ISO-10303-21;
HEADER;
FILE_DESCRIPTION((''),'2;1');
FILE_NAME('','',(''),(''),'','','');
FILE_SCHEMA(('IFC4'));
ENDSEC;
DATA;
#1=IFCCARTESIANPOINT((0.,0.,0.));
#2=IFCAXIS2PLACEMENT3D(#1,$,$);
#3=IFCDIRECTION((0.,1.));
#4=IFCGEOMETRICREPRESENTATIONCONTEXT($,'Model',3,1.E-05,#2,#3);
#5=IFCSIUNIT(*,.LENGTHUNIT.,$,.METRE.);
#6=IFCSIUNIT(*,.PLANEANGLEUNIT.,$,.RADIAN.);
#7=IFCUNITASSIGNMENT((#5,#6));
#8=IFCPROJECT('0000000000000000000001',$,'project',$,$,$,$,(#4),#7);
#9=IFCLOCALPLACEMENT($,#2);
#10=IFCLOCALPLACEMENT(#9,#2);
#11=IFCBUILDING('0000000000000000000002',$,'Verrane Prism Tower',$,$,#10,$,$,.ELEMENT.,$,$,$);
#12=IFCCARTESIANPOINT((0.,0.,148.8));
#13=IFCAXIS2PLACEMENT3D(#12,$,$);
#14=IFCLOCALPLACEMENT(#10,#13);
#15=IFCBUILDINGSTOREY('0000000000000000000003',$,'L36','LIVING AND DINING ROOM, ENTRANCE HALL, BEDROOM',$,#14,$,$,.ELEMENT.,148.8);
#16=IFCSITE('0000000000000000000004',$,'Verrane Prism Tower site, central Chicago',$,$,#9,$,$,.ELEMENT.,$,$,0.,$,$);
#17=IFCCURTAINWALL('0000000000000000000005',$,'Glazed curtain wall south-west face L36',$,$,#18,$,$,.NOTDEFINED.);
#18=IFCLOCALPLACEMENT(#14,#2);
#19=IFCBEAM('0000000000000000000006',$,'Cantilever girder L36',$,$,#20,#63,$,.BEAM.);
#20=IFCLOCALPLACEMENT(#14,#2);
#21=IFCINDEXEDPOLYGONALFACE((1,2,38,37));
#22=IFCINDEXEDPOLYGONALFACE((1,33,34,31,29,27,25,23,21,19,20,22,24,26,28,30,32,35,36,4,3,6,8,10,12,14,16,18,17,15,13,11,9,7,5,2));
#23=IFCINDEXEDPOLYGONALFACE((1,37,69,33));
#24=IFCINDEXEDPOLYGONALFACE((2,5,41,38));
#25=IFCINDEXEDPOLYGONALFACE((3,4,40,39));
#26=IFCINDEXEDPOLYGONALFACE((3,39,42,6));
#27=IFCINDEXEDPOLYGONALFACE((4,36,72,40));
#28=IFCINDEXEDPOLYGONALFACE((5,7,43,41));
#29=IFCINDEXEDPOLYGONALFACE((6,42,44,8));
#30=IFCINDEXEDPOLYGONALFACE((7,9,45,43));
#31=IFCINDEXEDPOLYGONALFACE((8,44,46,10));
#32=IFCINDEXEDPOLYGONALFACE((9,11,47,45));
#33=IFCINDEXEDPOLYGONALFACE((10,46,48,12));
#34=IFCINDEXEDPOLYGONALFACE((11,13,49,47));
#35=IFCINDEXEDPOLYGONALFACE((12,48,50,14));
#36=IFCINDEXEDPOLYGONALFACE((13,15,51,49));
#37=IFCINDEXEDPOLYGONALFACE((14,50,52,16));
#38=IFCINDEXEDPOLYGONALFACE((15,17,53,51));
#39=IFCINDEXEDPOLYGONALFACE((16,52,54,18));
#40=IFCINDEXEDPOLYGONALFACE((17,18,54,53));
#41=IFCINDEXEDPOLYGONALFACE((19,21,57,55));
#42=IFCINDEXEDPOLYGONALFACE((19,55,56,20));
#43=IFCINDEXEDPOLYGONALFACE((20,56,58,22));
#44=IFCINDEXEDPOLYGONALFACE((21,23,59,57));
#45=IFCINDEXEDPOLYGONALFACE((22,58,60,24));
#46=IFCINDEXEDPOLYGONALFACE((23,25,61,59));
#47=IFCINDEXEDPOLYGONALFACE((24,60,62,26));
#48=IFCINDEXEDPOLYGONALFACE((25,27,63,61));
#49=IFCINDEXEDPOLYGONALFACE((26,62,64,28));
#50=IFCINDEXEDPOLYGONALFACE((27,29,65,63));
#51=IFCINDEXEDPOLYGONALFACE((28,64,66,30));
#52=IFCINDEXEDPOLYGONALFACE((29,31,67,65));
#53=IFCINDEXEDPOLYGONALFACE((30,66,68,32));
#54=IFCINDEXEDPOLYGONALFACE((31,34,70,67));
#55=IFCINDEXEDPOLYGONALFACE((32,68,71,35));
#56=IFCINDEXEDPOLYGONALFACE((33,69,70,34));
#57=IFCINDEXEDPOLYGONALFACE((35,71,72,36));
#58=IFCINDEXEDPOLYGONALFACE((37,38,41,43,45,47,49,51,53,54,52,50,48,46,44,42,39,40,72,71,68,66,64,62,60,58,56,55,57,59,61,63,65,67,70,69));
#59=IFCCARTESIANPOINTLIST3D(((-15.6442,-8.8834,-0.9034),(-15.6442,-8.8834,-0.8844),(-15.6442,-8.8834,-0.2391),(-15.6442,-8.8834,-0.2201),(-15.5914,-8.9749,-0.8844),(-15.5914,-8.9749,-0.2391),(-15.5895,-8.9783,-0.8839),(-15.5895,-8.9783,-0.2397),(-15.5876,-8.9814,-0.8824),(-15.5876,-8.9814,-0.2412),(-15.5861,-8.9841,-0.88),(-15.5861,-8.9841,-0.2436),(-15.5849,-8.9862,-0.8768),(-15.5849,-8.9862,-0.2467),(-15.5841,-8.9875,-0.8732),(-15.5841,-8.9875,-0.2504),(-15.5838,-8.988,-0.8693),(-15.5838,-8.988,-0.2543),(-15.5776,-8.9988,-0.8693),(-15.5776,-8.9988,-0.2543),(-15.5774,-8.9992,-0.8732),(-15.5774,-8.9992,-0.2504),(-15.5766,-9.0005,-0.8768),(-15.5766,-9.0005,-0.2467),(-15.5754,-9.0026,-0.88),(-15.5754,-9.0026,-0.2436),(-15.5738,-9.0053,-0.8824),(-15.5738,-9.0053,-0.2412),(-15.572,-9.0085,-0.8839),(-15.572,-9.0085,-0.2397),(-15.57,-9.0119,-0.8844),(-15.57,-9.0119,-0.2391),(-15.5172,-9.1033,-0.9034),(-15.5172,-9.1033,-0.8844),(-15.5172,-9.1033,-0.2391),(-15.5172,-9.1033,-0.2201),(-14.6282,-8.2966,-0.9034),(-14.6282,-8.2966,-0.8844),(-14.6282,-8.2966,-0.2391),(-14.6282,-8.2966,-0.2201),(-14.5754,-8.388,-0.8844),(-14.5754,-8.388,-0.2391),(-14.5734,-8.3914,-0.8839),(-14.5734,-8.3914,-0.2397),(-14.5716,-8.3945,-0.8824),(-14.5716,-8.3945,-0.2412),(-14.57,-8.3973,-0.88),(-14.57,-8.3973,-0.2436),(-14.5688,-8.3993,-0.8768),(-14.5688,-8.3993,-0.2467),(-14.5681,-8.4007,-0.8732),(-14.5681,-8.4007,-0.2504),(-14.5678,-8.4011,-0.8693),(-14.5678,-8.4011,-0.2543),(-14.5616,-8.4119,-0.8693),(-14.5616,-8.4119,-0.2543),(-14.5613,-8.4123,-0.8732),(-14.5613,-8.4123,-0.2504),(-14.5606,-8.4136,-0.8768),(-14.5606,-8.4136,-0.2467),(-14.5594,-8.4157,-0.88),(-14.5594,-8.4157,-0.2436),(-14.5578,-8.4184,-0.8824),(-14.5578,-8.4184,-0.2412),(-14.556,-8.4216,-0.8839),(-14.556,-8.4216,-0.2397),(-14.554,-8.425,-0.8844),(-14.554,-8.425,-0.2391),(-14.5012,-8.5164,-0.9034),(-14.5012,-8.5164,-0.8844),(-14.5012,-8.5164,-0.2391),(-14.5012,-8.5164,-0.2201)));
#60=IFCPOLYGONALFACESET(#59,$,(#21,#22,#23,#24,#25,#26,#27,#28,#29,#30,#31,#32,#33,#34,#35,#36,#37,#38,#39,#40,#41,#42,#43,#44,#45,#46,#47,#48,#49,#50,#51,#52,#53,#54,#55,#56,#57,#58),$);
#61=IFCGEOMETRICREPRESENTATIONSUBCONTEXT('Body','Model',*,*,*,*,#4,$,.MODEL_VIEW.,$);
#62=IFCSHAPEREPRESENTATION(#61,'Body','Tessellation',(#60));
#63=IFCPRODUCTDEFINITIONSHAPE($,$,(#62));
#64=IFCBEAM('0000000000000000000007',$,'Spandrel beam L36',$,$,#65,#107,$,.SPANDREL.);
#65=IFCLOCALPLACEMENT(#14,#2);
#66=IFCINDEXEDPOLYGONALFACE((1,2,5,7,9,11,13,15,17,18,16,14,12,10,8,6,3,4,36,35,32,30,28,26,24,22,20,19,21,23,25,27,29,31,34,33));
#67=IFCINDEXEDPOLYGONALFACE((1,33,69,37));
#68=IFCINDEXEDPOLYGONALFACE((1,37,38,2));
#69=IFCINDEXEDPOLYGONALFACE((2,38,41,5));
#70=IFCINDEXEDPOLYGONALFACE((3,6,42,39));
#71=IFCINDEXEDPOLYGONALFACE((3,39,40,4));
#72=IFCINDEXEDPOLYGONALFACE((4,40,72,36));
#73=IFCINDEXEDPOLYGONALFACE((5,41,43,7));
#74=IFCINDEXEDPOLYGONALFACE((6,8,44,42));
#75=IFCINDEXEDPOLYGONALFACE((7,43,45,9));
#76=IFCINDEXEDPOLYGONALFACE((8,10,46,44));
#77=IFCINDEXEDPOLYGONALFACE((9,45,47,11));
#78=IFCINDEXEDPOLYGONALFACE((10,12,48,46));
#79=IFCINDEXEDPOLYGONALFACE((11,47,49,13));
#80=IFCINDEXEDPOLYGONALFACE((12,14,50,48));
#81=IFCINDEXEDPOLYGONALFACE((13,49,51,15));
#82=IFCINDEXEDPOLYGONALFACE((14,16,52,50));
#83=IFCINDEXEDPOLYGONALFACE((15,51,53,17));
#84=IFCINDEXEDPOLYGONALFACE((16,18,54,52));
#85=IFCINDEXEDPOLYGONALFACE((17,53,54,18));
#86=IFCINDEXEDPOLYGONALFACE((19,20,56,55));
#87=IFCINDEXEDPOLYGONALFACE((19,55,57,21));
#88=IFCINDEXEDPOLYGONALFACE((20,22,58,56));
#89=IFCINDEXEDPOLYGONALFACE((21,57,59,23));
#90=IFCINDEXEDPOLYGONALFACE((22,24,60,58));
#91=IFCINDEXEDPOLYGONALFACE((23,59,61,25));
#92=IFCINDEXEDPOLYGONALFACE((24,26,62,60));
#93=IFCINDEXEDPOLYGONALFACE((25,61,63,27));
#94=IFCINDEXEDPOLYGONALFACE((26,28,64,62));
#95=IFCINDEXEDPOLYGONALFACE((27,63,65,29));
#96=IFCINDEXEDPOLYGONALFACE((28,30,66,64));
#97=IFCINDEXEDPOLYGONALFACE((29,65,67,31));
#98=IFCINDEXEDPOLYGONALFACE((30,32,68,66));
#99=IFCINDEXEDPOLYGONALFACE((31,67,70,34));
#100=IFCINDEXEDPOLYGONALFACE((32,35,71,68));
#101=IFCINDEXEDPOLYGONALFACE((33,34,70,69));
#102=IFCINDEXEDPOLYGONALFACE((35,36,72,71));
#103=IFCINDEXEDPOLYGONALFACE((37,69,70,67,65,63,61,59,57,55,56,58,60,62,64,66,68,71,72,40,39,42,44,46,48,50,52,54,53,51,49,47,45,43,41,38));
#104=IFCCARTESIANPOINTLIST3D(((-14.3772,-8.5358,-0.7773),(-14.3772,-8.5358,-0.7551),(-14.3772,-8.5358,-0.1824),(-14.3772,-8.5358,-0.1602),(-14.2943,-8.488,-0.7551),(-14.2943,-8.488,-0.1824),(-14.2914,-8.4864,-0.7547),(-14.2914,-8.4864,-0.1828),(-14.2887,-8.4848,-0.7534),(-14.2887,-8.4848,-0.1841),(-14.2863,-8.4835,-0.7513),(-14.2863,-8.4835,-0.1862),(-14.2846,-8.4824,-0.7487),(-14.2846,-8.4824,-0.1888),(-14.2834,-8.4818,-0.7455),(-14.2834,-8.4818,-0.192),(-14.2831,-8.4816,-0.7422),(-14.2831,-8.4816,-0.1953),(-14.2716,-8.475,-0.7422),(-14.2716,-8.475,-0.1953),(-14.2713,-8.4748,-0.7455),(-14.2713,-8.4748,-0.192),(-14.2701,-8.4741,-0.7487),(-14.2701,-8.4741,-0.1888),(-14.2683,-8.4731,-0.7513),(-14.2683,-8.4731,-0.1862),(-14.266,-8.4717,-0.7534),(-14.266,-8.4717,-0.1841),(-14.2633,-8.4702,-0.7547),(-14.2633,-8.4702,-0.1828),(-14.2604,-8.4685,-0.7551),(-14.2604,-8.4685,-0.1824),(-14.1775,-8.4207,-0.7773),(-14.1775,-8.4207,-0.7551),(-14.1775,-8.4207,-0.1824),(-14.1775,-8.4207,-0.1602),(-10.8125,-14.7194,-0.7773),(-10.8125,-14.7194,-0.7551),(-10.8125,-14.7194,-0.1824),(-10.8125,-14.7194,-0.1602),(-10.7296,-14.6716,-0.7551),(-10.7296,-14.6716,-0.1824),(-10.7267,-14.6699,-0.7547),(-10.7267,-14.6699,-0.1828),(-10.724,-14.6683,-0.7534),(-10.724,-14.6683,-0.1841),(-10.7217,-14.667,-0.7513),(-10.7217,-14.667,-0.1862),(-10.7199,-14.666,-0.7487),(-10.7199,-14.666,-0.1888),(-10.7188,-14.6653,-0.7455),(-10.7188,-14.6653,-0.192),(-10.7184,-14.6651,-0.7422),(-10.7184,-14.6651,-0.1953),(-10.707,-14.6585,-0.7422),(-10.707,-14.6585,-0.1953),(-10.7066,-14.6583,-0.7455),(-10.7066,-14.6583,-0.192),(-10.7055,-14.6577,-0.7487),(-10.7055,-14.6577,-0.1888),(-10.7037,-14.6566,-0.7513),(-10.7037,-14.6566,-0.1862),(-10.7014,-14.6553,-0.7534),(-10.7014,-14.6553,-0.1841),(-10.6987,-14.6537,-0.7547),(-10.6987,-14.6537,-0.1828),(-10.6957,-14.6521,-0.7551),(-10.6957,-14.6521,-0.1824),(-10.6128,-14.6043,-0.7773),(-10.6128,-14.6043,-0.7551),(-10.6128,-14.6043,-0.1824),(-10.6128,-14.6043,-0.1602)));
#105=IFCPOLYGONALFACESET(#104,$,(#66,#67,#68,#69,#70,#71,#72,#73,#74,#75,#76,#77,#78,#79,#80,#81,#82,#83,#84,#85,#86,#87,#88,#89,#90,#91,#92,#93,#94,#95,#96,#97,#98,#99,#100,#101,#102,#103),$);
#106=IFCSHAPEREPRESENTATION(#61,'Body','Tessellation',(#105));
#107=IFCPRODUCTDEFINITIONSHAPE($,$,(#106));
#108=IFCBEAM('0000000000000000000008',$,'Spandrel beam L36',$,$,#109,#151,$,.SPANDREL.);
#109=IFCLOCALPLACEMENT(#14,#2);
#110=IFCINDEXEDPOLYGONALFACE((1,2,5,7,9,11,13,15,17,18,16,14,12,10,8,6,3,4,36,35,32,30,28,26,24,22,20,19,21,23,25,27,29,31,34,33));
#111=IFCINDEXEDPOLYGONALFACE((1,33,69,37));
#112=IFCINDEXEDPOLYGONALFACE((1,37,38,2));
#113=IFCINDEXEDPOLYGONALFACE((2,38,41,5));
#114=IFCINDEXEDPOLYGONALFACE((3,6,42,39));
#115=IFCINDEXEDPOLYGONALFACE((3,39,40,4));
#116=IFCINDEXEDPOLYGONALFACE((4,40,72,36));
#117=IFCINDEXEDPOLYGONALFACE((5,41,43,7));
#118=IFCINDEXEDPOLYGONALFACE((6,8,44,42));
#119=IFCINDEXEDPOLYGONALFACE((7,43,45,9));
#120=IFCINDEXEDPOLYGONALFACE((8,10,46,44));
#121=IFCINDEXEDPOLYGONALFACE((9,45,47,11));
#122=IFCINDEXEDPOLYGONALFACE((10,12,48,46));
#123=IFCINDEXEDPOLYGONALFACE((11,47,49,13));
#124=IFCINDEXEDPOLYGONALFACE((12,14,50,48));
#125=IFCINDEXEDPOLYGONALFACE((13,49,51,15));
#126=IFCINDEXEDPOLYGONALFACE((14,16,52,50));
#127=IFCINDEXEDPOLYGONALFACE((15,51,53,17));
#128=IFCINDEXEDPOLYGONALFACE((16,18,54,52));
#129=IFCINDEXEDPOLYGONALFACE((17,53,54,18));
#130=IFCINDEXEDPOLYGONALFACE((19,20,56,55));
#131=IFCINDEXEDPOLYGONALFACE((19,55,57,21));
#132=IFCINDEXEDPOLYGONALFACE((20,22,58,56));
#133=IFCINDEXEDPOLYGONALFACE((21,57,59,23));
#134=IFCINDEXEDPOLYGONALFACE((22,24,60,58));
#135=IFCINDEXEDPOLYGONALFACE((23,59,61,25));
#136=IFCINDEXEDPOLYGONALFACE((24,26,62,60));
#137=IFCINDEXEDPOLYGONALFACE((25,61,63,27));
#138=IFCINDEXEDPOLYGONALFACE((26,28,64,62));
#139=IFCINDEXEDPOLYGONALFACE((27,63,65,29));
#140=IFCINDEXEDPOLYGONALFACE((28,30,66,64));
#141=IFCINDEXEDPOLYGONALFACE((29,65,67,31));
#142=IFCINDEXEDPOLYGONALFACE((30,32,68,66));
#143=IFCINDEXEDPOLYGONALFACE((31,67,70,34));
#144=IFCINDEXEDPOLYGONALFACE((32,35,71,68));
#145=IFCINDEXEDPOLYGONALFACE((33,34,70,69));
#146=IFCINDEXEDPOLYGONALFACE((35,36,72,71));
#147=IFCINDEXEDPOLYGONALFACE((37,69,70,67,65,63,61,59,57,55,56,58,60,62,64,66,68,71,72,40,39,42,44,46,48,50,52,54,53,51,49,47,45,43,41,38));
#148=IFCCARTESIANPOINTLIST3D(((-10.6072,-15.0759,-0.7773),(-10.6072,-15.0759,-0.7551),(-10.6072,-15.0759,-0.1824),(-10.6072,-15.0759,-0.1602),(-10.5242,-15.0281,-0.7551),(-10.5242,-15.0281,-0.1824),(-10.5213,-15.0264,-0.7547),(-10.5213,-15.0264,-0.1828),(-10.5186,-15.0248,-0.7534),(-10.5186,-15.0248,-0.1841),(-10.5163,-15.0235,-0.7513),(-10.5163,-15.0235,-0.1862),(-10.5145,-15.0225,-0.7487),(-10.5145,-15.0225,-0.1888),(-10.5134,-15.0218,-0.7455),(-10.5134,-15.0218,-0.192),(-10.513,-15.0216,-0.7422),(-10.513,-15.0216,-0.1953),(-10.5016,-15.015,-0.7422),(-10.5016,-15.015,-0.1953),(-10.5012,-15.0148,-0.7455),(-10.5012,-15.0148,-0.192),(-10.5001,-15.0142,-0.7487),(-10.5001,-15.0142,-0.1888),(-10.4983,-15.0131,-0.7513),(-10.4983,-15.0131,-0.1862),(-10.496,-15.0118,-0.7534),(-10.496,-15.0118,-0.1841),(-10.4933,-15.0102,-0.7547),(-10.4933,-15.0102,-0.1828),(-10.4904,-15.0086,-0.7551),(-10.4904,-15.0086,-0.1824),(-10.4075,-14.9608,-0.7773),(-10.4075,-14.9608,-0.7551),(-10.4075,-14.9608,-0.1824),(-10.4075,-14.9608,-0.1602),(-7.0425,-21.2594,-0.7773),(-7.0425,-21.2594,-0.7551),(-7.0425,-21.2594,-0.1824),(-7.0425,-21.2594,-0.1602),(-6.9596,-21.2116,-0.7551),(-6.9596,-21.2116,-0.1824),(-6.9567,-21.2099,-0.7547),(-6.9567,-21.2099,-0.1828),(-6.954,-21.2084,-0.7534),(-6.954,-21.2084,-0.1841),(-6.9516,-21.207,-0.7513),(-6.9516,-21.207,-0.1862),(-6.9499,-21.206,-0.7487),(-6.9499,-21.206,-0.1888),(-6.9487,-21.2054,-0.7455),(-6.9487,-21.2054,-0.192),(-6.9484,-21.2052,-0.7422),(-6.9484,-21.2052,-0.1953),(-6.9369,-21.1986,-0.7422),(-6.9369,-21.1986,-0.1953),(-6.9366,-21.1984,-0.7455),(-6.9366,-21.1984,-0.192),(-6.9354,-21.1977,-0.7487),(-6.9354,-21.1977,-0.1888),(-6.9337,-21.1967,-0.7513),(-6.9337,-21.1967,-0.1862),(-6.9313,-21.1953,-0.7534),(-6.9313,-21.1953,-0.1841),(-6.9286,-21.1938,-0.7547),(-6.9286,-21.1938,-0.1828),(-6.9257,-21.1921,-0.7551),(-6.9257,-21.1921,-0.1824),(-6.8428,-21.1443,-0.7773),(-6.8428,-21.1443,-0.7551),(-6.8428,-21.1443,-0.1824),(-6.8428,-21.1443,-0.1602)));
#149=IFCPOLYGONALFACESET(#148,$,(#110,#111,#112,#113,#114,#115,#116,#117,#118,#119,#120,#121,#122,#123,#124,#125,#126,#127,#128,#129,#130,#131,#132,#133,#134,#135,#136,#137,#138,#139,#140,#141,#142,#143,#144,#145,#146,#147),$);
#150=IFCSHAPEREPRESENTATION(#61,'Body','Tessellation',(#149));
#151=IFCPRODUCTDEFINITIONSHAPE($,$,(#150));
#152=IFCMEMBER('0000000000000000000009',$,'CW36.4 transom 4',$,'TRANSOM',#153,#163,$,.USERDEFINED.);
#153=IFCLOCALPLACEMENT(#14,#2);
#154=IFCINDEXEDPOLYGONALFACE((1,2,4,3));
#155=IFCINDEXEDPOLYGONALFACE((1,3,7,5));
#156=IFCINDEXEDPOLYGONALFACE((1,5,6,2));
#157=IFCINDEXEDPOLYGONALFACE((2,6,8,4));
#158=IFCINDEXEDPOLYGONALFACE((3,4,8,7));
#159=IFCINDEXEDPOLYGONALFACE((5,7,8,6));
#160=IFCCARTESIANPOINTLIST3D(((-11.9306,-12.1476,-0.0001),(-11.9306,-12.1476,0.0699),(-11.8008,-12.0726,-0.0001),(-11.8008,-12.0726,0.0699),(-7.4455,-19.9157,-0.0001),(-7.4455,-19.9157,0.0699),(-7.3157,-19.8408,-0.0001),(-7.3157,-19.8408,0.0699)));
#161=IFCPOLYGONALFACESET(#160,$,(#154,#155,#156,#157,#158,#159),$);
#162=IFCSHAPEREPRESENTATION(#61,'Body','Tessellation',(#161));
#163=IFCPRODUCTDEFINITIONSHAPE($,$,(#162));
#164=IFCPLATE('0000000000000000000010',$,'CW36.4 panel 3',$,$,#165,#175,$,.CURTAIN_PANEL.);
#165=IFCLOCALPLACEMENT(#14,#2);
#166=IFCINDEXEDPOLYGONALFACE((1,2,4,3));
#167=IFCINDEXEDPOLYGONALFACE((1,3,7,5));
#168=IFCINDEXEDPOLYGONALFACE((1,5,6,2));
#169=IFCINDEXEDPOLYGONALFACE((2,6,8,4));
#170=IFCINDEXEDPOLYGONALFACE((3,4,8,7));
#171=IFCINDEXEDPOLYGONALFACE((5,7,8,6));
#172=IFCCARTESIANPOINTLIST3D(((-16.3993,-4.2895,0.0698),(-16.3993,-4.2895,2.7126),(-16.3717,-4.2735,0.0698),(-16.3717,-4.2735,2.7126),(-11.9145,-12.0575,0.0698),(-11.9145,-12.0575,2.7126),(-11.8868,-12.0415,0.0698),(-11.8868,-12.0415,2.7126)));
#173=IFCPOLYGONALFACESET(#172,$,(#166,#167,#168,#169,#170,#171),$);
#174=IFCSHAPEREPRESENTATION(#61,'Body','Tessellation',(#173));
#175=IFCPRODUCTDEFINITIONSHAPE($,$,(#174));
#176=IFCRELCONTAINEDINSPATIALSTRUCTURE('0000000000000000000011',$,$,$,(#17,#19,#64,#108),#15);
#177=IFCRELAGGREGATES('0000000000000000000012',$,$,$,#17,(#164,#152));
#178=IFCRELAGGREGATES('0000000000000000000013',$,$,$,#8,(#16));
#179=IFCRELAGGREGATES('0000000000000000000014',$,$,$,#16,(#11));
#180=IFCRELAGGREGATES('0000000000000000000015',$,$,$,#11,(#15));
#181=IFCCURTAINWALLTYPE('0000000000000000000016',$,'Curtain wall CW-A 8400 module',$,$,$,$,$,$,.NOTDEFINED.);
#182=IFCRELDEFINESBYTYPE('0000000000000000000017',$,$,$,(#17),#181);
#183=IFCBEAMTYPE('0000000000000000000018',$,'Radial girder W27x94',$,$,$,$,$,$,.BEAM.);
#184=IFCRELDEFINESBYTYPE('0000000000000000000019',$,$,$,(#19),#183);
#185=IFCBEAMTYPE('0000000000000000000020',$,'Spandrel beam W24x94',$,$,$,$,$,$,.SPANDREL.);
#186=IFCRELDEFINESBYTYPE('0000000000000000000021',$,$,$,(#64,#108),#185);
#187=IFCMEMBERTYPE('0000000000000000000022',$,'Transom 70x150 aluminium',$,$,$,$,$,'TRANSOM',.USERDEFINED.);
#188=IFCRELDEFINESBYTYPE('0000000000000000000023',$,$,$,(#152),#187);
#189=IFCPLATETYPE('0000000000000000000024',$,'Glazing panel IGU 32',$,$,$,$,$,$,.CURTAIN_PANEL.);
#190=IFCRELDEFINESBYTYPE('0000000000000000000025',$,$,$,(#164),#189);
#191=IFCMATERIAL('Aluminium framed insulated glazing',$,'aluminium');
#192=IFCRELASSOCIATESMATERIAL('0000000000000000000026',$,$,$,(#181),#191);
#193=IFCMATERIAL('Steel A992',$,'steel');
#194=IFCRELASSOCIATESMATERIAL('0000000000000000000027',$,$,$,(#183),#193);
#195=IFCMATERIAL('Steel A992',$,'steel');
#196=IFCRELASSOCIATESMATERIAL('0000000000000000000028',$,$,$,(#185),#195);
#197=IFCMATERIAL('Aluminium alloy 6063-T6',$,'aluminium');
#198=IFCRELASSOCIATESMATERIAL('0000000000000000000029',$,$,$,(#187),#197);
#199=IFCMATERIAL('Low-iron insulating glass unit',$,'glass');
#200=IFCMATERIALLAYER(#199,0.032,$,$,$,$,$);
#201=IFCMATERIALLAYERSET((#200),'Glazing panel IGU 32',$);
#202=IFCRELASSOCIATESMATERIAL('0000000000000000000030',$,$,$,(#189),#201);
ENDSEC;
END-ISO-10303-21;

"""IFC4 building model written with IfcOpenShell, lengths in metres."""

from ifc_helpers import new_model, si_unit, direction, frame, origin, origin_2d, place, context, subcontext, project, spatial, rectangle, i_section, extrude, material, layer, layer_set, material_profile, profile_set, type_object, element, aggregate, save


model = new_model("IFC4")

# Units and contexts
model_context = context("Model", 3, precision=1e-05, world=origin(), true_north=direction((0.0, 1.0)))
body_context = subcontext(model_context, "Body", "Model", "MODEL_VIEW")
ifc_project = project(units=[si_unit("LENGTHUNIT", "METRE"), si_unit("PLANEANGLEUNIT", "RADIAN")], contexts=[model_context])

# Site, building, storey
site_placement = place(None, origin())
site = spatial("IfcSite", under=ifc_project, at=site_placement, Name="Verrane Prism Tower site, central Chicago", CompositionType="ELEMENT", RefElevation=0.0)
building_placement = place(site_placement, origin())
building = spatial("IfcBuilding", under=site, at=building_placement, Name="Verrane Prism Tower", CompositionType="ELEMENT")
storey_placement = place(building_placement, frame((0.0, 0.0, 148.8)))
storey = spatial("IfcBuildingStorey", under=building, at=storey_placement, Name="L36", Description="LIVING AND DINING ROOM, ENTRANCE HALL, BEDROOM", CompositionType="ELEMENT", Elevation=148.8)

# Curtain wall
ifc_material_1 = material(Name="Aluminium framed insulated glazing", Category="aluminium")
curtain_wall_type = type_object("IfcCurtainWallType", Name="Curtain wall CW-A 8400 module", PredefinedType="NOTDEFINED", material=ifc_material_1)
curtain_wall_placement = place(storey_placement, origin())
curtain_wall = element("IfcCurtainWall", 1, at=curtain_wall_placement, inside=storey, type_object=curtain_wall_type, Name="Glazed curtain wall south-west face L36", PredefinedType="NOTDEFINED")

# Beams
ifc_material_2 = material(Name="Steel A992", Category="steel")
ifc_material_profile_1 = material_profile(ifc_material_2, i_section(OverallWidth=0.2539, OverallDepth=0.6833, WebThickness=0.0125, FlangeThickness=0.019, FilletRadius=0.0151, at=origin_2d()), Name="W27x94")
ifc_profile_set_1 = profile_set([ifc_material_profile_1], Name="Steel A992")
beam_type_1 = type_object("IfcBeamType", Name="Radial girder W27x94", PredefinedType="BEAM", material=ifc_profile_set_1)
beam_1_placement = place(storey_placement, frame((-14.5647, -8.4065, -0.5618), z_axis=(-0.865929, -0.500167, 0.0), x_axis=(0.500167, -0.865929, 0.0)))
element("IfcBeam", 2, at=beam_1_placement, inside=storey, type_object=beam_type_1, Name="Cantilever girder L36", PredefinedType="BEAM", context=body_context, shape_type="SweptSolid", body=[
    extrude(i_section(OverallWidth=0.2539, OverallDepth=0.6833, WebThickness=0.0125, FlangeThickness=0.019, FilletRadius=0.0151, at=origin_2d()), origin(), (0.0, 0.0, 1.0), 1.1733),
])
ifc_material_3 = material(Name="Steel A992", Category="steel")
ifc_material_profile_2 = material_profile(ifc_material_3, i_section(OverallWidth=0.2305, OverallDepth=0.6172, WebThickness=0.0132, FlangeThickness=0.0222, FilletRadius=0.0129, at=origin_2d()), Name="W24x94")
ifc_profile_set_2 = profile_set([ifc_material_profile_2], Name="Steel A992")
beam_type_2 = type_object("IfcBeamType", Name="Spandrel beam W24x94", PredefinedType="SPANDREL", material=ifc_profile_set_2)
for number, where, z_axis, x_axis, name in (
    (3, (-14.2773, -8.4783, -0.4688), (0.499432, -0.866353, 0.0), (0.866353, 0.499432, 0.0), "Spandrel beam L36"),
    (4, (-10.5073, -15.0183, -0.4688), (0.499432, -0.866353, 0.0), (0.866353, 0.499432, 0.0), "Spandrel beam L36"),
):
    element("IfcBeam", number, at=place(storey_placement, frame(where, z_axis=z_axis, x_axis=x_axis)), inside=storey, type_object=beam_type_2, Name=name, PredefinedType="SPANDREL", context=body_context, shape_type="SweptSolid", body=[
        extrude(i_section(OverallWidth=0.2305, OverallDepth=0.6172, WebThickness=0.0132, FlangeThickness=0.0222, FilletRadius=0.0129, at=origin_2d()), origin(), (0.0, 0.0, 1.0), 7.1375),
    ])

# Member
ifc_material_4 = material(Name="Aluminium alloy 6063-T6", Category="aluminium")
ifc_material_profile_3 = material_profile(ifc_material_4, rectangle(XDim=0.1499, YDim=0.0701, at=origin_2d()), Name="Transom 70x150 aluminium")
ifc_profile_set_3 = profile_set([ifc_material_profile_3], Name="Aluminium alloy 6063-T6")
member_type_1 = type_object("IfcMemberType", Name="Transom 70x150 aluminium", ElementType="TRANSOM", PredefinedType="USERDEFINED", material=ifc_profile_set_3)
member_1_placement = place(storey_placement, frame((-11.8657, -12.1101, 0.0349), z_axis=(0.500018, -0.866015, 0.0), x_axis=(0.866015, 0.500018, 0.0)))
member_1 = element("IfcMember", 5, at=member_1_placement, type_object=member_type_1, Name="CW36.4 transom 4", ObjectType="TRANSOM", PredefinedType="USERDEFINED", context=body_context, shape_type="SweptSolid", body=[
    extrude(rectangle(XDim=0.1499, YDim=0.0701, at=origin_2d()), origin(), (0.0, 0.0, 1.0), 8.97),
])

# Plate
ifc_material_5 = material(Name="Low-iron insulating glass unit", Category="glass")
ifc_layer_1 = layer(ifc_material_5, 0.032)
ifc_layer_set_1 = layer_set([ifc_layer_1], Name="Glazing panel IGU 32")
plate_type = type_object("IfcPlateType", Name="Glazing panel IGU 32", PredefinedType="CURTAIN_PANEL", material=ifc_layer_set_1)
plate_placement = place(storey_placement, frame((-14.1431, -8.1655, 0.0698), z_axis=(0.0, 0.0, 1.0), x_axis=(0.500001, -0.866025, 0.0)))
plate = element("IfcPlate", 6, at=plate_placement, type_object=plate_type, Name="CW36.4 panel 3", PredefinedType="CURTAIN_PANEL", context=body_context, shape_type="SweptSolid", body=[
    extrude(rectangle(XDim=8.9697, YDim=0.032, at=origin_2d()), origin(), (0.0, 0.0, 1.0), 2.6428),
])
aggregate(curtain_wall, [plate, member_1])

save(model, "model.ifc")
